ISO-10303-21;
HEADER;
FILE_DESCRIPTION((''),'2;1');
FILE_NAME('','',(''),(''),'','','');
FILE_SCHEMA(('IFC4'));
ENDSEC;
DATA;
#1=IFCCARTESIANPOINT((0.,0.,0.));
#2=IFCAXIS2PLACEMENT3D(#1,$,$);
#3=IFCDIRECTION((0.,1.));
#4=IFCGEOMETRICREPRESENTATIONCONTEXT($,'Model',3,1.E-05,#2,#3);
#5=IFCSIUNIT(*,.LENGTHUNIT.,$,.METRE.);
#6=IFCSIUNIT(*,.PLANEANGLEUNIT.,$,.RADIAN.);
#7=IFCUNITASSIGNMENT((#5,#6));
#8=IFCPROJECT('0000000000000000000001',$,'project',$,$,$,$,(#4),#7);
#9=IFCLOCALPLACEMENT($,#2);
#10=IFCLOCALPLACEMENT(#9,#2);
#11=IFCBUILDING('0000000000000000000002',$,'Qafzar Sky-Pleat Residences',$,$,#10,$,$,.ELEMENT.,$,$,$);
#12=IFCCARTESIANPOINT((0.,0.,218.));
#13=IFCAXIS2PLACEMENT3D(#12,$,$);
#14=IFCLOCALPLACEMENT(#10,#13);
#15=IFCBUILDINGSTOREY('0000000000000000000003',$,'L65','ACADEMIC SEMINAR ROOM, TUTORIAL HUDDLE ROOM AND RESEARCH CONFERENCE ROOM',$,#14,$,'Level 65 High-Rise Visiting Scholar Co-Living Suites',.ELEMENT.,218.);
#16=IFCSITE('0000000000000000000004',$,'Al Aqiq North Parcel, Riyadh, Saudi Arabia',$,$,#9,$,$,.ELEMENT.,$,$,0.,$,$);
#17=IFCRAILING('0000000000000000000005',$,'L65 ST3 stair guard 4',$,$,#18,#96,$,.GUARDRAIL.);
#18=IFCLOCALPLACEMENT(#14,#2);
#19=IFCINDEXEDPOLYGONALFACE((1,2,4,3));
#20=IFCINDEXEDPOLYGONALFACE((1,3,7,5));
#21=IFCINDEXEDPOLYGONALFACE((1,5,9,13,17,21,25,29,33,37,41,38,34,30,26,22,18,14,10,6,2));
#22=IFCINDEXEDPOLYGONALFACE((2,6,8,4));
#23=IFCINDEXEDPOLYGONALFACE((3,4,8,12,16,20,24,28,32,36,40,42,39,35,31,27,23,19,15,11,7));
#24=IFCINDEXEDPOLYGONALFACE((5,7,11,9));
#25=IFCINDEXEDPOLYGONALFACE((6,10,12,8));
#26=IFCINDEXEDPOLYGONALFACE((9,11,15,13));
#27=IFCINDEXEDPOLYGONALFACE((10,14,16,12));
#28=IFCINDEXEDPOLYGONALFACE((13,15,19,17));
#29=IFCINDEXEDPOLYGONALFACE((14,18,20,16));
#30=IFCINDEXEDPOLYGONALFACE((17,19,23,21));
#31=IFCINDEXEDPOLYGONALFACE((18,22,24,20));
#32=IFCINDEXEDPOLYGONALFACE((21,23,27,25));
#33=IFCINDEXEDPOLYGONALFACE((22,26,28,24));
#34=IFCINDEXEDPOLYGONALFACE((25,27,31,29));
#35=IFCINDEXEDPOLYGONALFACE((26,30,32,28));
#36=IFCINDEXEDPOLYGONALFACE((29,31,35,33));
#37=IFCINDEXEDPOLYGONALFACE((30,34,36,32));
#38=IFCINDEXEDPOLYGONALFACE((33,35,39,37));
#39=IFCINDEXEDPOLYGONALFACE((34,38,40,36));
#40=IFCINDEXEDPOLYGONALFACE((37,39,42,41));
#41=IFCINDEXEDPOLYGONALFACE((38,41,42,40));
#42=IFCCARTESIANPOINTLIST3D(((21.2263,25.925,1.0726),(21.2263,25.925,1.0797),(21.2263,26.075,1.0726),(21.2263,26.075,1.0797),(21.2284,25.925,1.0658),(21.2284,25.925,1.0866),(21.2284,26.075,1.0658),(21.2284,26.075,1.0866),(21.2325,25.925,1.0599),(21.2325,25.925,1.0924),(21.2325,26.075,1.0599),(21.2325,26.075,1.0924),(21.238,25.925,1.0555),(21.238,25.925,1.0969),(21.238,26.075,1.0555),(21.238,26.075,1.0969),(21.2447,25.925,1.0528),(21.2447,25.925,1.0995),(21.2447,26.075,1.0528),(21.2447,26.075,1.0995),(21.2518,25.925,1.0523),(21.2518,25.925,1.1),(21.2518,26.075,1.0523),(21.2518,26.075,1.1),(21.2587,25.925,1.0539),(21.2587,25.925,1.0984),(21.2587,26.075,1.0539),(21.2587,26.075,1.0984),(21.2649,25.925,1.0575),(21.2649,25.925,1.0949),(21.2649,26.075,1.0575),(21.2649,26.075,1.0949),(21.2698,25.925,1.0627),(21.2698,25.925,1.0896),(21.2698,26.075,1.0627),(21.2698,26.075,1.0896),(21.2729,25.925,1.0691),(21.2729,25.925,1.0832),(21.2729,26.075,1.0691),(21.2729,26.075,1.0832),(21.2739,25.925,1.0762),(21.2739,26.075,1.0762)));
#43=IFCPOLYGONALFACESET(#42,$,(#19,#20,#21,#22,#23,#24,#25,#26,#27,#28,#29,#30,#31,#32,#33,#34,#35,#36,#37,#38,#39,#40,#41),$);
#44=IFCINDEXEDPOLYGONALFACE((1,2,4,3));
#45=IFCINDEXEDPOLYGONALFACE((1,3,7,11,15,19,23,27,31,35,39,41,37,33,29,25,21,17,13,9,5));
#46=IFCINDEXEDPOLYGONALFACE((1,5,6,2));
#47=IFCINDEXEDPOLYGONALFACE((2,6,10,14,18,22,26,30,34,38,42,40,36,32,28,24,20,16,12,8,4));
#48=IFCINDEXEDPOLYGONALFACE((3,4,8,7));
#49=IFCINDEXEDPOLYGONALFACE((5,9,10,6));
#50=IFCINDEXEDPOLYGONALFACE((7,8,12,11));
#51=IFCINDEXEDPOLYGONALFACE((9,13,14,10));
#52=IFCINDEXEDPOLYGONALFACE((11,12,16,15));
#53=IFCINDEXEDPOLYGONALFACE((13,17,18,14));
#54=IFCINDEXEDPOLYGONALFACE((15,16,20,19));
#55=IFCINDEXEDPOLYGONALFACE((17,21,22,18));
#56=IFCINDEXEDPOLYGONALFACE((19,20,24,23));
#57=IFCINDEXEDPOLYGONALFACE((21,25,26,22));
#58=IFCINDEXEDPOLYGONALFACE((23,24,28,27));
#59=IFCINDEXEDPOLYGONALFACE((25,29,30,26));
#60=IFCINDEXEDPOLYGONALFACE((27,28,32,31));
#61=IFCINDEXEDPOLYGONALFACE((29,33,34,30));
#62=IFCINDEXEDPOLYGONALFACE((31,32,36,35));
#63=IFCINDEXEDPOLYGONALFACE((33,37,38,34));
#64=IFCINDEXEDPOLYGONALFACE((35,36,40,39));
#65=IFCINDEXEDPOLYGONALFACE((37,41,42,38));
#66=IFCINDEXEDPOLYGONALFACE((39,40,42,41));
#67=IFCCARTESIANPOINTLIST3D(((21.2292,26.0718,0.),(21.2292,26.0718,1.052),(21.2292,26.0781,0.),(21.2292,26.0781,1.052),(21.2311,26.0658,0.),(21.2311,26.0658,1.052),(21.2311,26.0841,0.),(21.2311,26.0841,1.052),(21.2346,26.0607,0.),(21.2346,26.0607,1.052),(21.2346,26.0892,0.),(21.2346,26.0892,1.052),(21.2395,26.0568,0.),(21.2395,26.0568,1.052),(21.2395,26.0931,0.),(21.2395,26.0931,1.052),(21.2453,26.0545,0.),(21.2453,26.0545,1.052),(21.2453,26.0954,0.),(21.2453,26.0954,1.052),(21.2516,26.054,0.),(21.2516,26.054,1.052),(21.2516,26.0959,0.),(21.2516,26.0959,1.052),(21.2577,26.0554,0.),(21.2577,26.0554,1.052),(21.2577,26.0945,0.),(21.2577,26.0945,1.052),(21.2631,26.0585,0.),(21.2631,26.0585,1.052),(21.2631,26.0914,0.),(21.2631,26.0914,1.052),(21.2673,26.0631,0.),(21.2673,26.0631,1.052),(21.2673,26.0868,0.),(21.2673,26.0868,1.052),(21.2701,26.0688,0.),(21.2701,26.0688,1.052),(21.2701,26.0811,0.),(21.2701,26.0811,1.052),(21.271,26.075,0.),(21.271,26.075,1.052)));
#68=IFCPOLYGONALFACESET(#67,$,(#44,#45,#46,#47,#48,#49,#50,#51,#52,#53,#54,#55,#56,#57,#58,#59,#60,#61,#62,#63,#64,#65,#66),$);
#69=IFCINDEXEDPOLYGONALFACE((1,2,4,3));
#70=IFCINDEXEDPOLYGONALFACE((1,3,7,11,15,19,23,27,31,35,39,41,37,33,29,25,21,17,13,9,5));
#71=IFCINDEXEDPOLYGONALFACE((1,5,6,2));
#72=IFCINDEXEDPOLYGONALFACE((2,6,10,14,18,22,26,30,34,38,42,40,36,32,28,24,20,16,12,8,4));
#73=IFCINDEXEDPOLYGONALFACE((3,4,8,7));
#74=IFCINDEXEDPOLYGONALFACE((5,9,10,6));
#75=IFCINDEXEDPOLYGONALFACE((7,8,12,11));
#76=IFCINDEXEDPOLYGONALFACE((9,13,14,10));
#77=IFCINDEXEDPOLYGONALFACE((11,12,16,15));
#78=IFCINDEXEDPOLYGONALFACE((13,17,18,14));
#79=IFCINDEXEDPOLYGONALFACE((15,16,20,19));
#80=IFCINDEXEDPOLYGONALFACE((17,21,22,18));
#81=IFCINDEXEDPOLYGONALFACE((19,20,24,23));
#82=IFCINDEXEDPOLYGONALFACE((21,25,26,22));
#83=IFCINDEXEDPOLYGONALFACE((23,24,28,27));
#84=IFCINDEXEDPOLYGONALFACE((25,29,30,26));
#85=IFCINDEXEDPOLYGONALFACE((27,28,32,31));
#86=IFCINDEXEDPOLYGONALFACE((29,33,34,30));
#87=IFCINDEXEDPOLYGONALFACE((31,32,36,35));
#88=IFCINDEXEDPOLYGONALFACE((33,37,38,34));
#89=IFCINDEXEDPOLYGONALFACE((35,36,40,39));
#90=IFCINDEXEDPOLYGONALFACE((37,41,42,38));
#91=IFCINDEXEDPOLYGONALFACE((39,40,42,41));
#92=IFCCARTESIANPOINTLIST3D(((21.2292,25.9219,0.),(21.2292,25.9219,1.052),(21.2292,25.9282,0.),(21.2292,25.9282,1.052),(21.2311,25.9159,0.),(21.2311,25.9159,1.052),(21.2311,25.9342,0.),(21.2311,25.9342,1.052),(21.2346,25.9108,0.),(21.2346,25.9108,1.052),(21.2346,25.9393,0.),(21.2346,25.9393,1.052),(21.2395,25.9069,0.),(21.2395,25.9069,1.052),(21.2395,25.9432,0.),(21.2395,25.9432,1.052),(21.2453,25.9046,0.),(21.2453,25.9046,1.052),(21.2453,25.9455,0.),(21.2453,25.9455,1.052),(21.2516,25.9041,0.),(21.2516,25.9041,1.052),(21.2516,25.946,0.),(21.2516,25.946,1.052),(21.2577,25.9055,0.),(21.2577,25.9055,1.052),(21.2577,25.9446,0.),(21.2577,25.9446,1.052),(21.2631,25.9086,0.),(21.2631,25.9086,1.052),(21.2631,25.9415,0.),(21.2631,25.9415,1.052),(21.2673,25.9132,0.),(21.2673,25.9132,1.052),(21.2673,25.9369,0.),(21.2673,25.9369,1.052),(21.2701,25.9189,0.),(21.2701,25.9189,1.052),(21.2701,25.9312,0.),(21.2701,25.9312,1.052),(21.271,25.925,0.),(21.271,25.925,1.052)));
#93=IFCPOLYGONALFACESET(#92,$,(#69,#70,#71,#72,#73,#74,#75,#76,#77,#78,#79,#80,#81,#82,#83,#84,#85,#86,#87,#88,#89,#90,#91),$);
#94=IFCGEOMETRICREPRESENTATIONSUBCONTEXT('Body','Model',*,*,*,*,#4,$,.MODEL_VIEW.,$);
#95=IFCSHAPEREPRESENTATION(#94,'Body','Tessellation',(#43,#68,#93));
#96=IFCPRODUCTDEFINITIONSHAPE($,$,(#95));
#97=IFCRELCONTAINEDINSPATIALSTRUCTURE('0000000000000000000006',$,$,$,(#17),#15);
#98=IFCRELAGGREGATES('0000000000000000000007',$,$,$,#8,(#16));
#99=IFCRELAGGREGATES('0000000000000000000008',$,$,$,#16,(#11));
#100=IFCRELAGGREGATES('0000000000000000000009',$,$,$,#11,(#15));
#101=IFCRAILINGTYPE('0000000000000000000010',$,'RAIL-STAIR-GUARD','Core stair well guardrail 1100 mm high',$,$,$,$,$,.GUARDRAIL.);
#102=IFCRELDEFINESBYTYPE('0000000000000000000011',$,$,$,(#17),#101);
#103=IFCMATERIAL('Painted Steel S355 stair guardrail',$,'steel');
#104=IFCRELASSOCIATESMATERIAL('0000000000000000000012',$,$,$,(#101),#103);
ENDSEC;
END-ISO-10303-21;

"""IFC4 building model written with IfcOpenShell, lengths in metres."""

from ifc_helpers import new_model, si_unit, direction, frame, origin, origin_2d, place, context, subcontext, project, spatial, circle, extrude, source, transform, mapped, material, type_object, element, save


model = new_model("IFC4")

# Units and contexts
model_context = context("Model", 3, precision=1e-05, world=origin(), true_north=direction((0.0, 1.0)))
body_context = subcontext(model_context, "Body", "Model", "MODEL_VIEW")
ifc_project = project(units=[si_unit("LENGTHUNIT", "METRE"), si_unit("PLANEANGLEUNIT", "RADIAN")], contexts=[model_context])

# Site, building, storey
site_placement = place(None, origin())
site = spatial("IfcSite", under=ifc_project, at=site_placement, Name="Al Aqiq North Parcel, Riyadh, Saudi Arabia", CompositionType="ELEMENT", RefElevation=0.0)
building_placement = place(site_placement, origin())
building = spatial("IfcBuilding", under=site, at=building_placement, Name="Qafzar Sky-Pleat Residences", CompositionType="ELEMENT")
storey_placement = place(building_placement, frame((0.0, 0.0, 218.0)))
storey = spatial("IfcBuildingStorey", under=building, at=storey_placement, Name="L65", Description="ACADEMIC SEMINAR ROOM, TUTORIAL HUDDLE ROOM AND RESEARCH CONFERENCE ROOM", LongName="Level 65 High-Rise Visiting Scholar Co-Living Suites", CompositionType="ELEMENT", Elevation=218.0)

# Railing
ifc_material_1 = material(Name="Painted Steel S355 stair guardrail", Category="steel")
railing_type_1 = type_object("IfcRailingType", Name="RAIL-STAIR-GUARD", Description="Core stair well guardrail 1100 mm high", PredefinedType="GUARDRAIL", material=ifc_material_1)
shared_shape_1 = source(origin(), body_context, "Body", "SweptSolid", [
    extrude(circle(Radius=0.0239, at=origin_2d()), frame((0.0, 0.0, 1.0762), z_axis=(0.0, -1.0, 0.0), x_axis=(1.0, 0.0, 0.0)), (0.0, 0.0, 1.0), 0.1499),
    extrude(circle(Radius=0.021, at=origin_2d()), origin(), (0.0, 0.0, 1.0), 1.052),
    extrude(circle(Radius=0.021, at=origin_2d()), frame((0.0, -0.1499, 0.0)), (0.0, 0.0, 1.0), 1.052),
])
for number, where, name in (
    (1, (21.25, 26.075, 0.0), "L65 ST3 stair guard 4"),
):
    element("IfcRailing", number, at=place(storey_placement, frame(where)), inside=storey, type_object=railing_type_1, Name=name, PredefinedType="GUARDRAIL", context=body_context, shape_type="MappedRepresentation", body=[
        mapped(shared_shape_1, transform((0.0, 0.0, 0.0), x_axis=(1.0, 0.0, 0.0), y_axis=(0.0, 1.0, 0.0), z_axis=(0.0, 0.0, 1.0), scale=1.0)),
    ])

save(model, "model.ifc")
